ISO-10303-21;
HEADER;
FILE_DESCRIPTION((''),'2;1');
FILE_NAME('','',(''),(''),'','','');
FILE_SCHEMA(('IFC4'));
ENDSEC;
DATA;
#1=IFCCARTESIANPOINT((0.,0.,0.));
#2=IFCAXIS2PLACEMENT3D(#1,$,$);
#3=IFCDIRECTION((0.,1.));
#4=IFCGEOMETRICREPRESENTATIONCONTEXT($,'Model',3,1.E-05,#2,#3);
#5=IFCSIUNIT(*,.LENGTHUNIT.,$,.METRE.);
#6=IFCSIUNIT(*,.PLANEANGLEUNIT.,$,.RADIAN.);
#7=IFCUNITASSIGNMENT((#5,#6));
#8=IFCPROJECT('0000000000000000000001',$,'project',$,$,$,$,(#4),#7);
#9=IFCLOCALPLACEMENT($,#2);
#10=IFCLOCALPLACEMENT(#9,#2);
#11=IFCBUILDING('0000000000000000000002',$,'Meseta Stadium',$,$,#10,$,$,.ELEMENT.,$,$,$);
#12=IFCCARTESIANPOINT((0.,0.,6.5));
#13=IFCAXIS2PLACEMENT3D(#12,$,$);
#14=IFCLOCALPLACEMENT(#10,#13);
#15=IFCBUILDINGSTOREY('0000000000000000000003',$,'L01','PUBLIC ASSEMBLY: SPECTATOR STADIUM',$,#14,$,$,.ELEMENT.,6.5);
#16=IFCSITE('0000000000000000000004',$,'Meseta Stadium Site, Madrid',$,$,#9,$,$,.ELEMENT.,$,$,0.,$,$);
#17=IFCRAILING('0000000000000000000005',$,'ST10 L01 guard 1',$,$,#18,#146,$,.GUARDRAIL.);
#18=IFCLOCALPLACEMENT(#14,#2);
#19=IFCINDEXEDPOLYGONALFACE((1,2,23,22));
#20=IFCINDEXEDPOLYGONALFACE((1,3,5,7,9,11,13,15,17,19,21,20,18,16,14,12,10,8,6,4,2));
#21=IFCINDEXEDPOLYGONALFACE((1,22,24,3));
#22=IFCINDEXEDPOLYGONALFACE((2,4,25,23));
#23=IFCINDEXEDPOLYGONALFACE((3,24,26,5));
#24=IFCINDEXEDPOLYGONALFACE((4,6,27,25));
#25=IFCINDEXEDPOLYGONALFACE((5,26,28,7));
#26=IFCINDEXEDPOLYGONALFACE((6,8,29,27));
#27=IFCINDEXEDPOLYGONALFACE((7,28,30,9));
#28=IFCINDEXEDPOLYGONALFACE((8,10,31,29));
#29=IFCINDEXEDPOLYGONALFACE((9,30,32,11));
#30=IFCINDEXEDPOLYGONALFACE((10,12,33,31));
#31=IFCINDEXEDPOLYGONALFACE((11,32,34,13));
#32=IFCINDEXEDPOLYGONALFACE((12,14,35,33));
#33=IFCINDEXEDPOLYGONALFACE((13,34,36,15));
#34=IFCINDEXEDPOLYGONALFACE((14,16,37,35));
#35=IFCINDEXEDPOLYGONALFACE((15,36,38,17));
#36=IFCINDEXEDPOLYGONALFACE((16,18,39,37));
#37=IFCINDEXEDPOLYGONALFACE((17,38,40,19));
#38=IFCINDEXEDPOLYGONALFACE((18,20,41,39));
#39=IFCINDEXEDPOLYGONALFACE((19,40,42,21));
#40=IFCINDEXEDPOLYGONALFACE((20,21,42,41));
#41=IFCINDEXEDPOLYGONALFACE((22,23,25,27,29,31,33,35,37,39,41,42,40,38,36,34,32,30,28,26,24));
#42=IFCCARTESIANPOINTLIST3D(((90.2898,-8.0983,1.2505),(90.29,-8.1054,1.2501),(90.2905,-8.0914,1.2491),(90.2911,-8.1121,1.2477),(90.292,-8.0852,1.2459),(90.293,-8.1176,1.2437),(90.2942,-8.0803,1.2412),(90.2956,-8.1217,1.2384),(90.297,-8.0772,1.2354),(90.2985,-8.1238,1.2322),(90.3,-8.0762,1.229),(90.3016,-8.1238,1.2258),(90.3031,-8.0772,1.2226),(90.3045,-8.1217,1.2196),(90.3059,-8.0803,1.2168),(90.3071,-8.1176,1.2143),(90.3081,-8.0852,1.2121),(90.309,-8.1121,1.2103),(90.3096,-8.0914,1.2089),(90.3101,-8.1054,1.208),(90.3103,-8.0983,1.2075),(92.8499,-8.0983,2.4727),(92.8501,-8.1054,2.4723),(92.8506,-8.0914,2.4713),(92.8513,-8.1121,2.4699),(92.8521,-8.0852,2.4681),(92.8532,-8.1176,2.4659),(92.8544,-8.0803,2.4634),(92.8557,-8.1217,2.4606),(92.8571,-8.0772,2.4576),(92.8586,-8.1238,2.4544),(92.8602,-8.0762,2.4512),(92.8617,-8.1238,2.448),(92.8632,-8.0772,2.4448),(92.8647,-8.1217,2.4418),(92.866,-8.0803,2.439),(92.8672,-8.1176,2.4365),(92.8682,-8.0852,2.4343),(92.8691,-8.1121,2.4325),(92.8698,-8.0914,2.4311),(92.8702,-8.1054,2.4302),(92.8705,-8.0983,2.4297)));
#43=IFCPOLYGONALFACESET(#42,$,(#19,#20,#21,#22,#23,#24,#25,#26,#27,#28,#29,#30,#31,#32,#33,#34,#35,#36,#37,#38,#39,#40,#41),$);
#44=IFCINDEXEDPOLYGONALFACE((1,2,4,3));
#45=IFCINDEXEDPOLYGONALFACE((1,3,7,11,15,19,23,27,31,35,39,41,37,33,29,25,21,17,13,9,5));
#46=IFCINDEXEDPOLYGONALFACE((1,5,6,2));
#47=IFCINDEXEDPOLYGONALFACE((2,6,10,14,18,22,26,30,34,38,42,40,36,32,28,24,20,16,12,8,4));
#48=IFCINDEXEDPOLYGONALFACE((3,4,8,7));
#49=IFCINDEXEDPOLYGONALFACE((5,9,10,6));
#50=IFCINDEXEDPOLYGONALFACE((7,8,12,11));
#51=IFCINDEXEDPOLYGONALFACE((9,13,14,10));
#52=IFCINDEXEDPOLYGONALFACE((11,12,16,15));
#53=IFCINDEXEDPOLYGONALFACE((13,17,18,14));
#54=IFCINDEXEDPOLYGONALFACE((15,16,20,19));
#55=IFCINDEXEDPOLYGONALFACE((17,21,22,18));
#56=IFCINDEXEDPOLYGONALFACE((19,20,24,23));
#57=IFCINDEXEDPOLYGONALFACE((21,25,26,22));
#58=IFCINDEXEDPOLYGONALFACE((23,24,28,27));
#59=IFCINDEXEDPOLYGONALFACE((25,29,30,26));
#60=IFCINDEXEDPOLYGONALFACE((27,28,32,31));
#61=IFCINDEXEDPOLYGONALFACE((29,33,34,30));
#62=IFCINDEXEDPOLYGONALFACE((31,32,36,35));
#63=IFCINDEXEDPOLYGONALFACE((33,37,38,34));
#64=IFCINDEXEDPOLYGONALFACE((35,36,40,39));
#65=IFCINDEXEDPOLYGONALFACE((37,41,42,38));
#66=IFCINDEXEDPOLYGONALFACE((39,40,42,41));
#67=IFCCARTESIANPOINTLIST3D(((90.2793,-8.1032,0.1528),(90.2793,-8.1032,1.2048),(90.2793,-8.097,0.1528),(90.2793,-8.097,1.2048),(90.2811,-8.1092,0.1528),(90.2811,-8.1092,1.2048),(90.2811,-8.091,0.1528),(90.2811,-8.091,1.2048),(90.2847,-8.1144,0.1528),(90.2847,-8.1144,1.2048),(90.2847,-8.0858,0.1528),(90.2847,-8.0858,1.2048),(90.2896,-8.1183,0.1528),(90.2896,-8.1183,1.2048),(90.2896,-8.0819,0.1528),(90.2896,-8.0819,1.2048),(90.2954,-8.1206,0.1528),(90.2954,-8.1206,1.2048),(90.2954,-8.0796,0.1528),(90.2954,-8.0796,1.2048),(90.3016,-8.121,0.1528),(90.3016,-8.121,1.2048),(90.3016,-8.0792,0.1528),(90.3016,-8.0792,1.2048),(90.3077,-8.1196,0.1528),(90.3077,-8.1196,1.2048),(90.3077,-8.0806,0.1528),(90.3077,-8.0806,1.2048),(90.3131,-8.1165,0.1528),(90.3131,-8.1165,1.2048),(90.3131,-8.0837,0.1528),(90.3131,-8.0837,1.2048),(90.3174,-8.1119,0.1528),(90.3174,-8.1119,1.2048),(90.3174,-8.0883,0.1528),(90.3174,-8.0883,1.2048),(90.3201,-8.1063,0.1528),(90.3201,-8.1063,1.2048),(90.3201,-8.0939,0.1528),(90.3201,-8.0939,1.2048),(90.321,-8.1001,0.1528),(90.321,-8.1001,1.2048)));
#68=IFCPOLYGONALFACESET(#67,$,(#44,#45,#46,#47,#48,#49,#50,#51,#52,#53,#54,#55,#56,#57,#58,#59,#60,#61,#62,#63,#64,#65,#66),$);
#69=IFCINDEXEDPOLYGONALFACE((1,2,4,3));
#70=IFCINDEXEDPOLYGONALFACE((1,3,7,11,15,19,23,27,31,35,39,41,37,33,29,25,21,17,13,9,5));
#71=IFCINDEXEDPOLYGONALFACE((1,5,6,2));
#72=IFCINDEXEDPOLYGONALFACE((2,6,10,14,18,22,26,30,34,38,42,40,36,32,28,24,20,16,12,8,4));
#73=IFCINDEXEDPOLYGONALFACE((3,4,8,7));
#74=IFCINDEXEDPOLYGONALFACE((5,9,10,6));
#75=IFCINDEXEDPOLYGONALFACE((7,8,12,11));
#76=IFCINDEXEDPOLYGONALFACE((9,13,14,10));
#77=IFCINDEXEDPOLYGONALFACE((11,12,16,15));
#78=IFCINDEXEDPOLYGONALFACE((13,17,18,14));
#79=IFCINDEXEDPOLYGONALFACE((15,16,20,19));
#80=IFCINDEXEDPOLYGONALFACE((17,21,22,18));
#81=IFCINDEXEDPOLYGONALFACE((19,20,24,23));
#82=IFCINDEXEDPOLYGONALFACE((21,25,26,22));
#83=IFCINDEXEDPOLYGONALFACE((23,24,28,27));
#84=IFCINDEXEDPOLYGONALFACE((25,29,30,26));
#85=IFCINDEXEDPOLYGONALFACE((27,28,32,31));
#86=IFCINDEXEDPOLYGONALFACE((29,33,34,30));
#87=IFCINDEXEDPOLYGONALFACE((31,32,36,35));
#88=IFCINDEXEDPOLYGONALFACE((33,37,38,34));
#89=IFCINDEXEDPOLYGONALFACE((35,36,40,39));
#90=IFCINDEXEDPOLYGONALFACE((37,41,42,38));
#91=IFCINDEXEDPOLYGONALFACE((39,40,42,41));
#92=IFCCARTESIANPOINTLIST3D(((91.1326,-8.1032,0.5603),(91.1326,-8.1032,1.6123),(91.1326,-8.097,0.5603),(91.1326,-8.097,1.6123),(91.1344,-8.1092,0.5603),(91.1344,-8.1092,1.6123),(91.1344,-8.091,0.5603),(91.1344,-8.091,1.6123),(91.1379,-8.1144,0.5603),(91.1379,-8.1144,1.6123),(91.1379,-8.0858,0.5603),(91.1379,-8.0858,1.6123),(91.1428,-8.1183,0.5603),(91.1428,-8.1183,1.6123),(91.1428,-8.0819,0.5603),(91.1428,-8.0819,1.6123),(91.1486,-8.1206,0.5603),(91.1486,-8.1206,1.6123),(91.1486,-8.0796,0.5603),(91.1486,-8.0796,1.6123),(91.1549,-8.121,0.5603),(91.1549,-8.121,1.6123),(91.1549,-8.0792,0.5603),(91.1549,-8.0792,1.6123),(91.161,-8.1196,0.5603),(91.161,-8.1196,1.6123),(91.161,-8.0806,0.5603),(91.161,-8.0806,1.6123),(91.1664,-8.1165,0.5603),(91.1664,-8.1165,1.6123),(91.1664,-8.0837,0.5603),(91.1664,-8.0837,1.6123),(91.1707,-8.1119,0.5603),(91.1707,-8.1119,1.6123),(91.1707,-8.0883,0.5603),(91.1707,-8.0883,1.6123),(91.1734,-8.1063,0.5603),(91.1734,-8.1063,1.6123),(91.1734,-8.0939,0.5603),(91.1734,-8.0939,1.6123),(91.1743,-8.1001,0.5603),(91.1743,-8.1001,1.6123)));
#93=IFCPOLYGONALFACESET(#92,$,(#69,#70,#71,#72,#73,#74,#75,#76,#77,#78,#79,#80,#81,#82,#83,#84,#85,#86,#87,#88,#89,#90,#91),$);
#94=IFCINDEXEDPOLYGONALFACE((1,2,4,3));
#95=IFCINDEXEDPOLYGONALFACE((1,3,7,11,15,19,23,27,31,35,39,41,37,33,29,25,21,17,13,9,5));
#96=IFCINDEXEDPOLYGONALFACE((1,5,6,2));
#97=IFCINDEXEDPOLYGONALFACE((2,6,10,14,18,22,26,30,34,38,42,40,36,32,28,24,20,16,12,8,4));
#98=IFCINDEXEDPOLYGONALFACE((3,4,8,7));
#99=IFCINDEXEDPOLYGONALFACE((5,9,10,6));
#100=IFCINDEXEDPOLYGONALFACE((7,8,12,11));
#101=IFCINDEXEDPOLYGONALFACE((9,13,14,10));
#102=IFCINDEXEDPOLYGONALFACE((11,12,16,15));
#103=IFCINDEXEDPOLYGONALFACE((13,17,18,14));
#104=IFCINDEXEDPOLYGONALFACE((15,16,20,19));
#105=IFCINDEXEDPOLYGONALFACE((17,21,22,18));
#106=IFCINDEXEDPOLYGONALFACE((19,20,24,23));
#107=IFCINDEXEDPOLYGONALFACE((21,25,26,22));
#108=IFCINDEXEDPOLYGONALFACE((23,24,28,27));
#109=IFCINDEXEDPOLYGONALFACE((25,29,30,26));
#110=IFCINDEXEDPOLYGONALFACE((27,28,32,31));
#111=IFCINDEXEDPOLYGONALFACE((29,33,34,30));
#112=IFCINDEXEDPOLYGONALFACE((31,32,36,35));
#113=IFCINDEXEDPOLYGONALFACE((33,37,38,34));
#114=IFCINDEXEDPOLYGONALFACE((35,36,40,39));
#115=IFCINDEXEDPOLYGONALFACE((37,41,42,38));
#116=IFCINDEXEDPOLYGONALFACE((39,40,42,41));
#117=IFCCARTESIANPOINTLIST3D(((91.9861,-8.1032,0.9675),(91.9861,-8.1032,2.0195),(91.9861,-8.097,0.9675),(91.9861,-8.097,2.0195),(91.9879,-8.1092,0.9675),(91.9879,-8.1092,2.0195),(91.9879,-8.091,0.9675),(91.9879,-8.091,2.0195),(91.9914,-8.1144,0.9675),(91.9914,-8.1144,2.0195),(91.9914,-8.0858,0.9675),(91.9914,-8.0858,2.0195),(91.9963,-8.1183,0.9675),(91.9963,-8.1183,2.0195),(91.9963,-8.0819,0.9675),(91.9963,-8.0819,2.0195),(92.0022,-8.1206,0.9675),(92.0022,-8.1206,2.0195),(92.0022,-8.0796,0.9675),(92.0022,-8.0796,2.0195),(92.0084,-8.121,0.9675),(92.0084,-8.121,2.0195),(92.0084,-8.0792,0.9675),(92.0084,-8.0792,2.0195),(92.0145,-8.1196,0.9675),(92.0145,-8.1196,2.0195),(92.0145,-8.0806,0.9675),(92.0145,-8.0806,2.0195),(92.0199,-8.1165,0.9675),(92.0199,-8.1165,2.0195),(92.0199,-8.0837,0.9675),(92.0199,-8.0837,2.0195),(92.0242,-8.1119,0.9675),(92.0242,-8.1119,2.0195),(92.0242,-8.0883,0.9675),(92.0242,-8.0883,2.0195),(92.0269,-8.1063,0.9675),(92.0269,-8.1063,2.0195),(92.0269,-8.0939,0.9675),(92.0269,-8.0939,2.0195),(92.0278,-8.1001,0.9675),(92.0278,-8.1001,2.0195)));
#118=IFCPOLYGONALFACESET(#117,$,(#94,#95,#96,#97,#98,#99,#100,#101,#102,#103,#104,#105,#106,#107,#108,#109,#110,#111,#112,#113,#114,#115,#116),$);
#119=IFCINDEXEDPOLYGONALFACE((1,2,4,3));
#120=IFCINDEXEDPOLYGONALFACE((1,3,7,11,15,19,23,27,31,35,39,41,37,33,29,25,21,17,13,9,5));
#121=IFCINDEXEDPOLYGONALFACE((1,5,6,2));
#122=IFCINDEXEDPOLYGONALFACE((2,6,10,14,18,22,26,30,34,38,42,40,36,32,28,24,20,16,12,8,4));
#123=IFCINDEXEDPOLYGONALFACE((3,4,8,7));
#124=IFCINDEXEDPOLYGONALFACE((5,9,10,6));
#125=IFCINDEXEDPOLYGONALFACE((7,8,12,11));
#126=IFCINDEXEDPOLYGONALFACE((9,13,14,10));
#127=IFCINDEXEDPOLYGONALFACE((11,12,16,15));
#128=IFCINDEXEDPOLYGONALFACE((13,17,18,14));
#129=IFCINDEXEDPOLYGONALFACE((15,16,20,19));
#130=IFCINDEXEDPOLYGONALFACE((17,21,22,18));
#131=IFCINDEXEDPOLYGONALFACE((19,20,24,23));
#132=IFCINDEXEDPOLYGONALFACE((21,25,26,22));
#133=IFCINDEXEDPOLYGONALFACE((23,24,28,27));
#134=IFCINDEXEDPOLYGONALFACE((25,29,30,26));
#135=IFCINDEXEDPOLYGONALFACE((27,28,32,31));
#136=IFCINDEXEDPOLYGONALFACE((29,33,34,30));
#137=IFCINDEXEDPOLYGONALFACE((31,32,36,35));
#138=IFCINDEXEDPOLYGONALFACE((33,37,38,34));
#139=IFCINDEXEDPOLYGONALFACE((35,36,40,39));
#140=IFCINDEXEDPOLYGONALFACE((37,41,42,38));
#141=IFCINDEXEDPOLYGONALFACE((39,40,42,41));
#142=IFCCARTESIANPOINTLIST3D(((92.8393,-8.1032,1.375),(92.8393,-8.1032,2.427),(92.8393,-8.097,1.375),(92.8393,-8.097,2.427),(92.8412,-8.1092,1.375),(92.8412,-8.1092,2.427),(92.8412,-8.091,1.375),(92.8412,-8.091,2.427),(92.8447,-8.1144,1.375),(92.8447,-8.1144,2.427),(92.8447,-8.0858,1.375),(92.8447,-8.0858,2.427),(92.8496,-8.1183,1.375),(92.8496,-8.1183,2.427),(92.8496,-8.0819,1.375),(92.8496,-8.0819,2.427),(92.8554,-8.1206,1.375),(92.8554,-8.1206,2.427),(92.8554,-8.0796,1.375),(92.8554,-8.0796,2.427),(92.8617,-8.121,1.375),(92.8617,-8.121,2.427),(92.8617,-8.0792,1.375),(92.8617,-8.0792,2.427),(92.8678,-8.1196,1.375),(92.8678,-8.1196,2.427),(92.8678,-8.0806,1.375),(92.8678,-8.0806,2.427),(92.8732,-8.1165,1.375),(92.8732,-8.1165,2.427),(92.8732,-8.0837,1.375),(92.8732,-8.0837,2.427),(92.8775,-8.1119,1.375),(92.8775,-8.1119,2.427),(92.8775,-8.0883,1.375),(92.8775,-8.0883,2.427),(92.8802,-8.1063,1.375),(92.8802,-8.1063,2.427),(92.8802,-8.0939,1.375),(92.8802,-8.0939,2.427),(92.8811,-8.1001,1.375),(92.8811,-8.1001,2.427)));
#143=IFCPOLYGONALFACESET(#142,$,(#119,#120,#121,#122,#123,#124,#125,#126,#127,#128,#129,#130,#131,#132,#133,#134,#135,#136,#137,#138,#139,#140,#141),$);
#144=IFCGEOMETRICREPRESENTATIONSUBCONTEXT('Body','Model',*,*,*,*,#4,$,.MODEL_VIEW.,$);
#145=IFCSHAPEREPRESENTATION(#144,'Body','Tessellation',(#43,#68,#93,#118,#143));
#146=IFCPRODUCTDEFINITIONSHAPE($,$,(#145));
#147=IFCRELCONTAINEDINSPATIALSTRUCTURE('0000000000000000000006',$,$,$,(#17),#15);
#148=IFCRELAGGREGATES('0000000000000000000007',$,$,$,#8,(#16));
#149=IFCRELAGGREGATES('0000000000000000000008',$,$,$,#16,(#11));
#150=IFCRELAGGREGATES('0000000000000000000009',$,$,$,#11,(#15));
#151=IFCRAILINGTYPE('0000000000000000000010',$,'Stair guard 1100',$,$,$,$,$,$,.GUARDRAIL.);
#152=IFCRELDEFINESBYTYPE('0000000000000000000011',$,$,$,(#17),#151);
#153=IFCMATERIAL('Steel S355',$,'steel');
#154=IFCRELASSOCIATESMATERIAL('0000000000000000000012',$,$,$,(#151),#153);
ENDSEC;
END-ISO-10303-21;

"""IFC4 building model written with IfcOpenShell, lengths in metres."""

from ifc_helpers import new_model, si_unit, direction, frame, origin, origin_2d, place, context, subcontext, project, spatial, circle, extrude, material, type_object, element, save


model = new_model("IFC4")

# Units and contexts
model_context = context("Model", 3, precision=1e-05, world=origin(), true_north=direction((0.0, 1.0)))
body_context = subcontext(model_context, "Body", "Model", "MODEL_VIEW")
ifc_project = project(units=[si_unit("LENGTHUNIT", "METRE"), si_unit("PLANEANGLEUNIT", "RADIAN")], contexts=[model_context])

# Site, building, storey
site_placement = place(None, origin())
site = spatial("IfcSite", under=ifc_project, at=site_placement, Name="Meseta Stadium Site, Madrid", CompositionType="ELEMENT", RefElevation=0.0)
building_placement = place(site_placement, origin())
building = spatial("IfcBuilding", under=site, at=building_placement, Name="Meseta Stadium", CompositionType="ELEMENT")
storey_placement = place(building_placement, frame((0.0, 0.0, 6.5)))
storey = spatial("IfcBuildingStorey", under=building, at=storey_placement, Name="L01", Description="PUBLIC ASSEMBLY: SPECTATOR STADIUM", CompositionType="ELEMENT", Elevation=6.5)

# Railing
ifc_material_1 = material(Name="Steel S355", Category="steel")
railing_type_1 = type_object("IfcRailingType", Name="Stair guard 1100", PredefinedType="GUARDRAIL", material=ifc_material_1)
railing_1_placement = place(storey_placement, frame((90.3, -8.1001, 0.1528)))
element("IfcRailing", 1, at=railing_1_placement, inside=storey, type_object=railing_type_1, Name="ST10 L01 guard 1", PredefinedType="GUARDRAIL", context=body_context, shape_type="SweptSolid", body=[
    extrude(circle(Radius=0.0239, at=origin_2d()), frame((0.0, 0.0, 1.0762), z_axis=(0.902437, 0.0, 0.430822), x_axis=(0.0, 1.0, 0.0)), (0.0, 0.0, 1.0), 2.8369),
    extrude(circle(Radius=0.021, at=origin_2d()), origin(), (0.0, 0.0, 1.0), 1.052),
    extrude(circle(Radius=0.021, at=origin_2d()), frame((0.8533, 0.0, 0.4075)), (0.0, 0.0, 1.0), 1.052),
    extrude(circle(Radius=0.021, at=origin_2d()), frame((1.7068, 0.0, 0.8147)), (0.0, 0.0, 1.0), 1.052),
    extrude(circle(Radius=0.021, at=origin_2d()), frame((2.5601, 0.0, 1.2222)), (0.0, 0.0, 1.0), 1.052),
])

save(model, "model.ifc")
